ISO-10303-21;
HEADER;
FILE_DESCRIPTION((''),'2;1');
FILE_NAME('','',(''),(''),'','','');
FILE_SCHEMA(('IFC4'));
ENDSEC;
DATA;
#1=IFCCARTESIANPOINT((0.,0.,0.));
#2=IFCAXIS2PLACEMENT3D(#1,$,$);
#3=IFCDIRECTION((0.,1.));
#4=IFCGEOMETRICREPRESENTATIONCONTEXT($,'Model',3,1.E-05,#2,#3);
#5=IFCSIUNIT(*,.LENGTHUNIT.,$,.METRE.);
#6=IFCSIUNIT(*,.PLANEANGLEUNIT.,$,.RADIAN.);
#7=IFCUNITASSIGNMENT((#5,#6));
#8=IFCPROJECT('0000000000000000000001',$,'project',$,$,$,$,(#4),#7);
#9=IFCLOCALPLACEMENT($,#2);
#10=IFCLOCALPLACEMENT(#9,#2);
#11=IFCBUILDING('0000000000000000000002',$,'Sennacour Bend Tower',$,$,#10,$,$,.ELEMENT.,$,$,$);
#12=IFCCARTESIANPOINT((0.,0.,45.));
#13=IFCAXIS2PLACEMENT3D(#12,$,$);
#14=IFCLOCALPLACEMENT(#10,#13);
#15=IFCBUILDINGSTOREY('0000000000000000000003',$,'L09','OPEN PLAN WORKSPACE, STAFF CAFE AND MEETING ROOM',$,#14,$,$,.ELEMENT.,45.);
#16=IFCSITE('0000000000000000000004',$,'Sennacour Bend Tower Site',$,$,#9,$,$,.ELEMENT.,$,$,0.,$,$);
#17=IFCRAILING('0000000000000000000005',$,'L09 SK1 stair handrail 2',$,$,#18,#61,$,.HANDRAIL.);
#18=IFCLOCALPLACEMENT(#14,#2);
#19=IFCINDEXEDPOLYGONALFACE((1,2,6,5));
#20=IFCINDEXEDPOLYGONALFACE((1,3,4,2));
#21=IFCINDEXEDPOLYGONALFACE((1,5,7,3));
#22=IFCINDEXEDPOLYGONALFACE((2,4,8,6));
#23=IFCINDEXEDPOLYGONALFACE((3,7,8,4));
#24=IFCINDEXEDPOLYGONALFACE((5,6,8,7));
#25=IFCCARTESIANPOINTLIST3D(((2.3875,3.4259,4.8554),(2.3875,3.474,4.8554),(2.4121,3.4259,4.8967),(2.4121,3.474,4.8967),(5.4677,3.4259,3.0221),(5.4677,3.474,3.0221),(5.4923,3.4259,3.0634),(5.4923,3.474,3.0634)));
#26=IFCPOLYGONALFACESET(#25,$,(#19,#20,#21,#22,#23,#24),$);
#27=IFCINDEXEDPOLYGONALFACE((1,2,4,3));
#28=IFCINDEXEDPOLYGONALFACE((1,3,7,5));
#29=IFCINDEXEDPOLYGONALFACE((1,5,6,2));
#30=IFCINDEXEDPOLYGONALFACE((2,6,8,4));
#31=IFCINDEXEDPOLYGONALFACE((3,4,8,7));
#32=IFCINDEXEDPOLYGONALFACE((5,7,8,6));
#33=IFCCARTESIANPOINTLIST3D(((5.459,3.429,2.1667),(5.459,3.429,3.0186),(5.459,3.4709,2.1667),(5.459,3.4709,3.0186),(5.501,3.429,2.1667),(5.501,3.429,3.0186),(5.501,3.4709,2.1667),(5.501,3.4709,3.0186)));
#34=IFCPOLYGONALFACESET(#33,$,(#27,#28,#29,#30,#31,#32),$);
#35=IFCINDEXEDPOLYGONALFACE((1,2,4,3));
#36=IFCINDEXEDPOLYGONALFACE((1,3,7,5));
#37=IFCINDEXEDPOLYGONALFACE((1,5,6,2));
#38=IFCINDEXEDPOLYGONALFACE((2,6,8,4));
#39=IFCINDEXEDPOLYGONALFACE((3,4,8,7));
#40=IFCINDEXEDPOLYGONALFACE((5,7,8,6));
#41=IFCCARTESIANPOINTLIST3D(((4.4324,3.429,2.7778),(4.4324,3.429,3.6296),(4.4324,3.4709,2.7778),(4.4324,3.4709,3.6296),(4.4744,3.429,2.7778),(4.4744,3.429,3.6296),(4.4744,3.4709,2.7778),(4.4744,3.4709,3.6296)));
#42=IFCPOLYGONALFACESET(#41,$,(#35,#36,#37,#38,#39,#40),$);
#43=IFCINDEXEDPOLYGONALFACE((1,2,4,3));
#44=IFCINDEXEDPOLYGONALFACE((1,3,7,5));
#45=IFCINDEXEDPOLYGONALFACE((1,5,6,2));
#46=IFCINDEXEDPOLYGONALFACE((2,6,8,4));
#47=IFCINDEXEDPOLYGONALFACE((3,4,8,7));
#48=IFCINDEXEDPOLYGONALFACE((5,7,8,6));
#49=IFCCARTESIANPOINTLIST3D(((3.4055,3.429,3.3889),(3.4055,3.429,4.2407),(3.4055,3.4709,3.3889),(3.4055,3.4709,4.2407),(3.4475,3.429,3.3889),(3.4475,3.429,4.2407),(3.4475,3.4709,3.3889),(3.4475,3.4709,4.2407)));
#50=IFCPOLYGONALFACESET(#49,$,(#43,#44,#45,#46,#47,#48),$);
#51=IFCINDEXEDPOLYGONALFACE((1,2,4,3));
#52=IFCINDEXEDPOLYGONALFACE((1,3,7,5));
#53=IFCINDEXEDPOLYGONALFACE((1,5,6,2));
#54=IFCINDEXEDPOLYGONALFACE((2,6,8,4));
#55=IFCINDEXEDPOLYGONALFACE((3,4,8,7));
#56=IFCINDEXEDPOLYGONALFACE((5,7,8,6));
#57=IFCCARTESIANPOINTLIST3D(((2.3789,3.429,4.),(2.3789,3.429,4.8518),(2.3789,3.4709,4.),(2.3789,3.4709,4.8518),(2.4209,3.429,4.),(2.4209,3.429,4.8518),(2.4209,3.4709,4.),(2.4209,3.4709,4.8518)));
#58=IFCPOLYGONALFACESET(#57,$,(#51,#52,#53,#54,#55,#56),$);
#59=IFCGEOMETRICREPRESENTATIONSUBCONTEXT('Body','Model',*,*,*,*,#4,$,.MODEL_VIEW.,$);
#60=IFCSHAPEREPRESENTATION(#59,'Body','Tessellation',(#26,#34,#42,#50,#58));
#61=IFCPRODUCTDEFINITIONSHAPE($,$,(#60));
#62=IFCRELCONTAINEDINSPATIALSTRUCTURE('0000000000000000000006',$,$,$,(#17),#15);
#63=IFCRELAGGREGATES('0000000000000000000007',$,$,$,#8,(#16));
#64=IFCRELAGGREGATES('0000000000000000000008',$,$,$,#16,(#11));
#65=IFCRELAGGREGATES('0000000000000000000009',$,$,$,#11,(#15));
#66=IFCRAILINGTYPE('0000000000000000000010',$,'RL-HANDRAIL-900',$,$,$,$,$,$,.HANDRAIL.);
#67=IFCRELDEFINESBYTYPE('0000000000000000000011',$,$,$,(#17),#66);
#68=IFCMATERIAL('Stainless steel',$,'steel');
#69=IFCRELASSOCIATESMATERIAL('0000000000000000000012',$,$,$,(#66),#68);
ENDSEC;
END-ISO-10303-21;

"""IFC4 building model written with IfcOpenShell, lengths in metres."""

from ifc_helpers import new_model, si_unit, direction, frame, origin, origin_2d, place, context, subcontext, project, spatial, rectangle, extrude, material, type_object, element, save


model = new_model("IFC4")

# Units and contexts
model_context = context("Model", 3, precision=1e-05, world=origin(), true_north=direction((0.0, 1.0)))
body_context = subcontext(model_context, "Body", "Model", "MODEL_VIEW")
ifc_project = project(units=[si_unit("LENGTHUNIT", "METRE"), si_unit("PLANEANGLEUNIT", "RADIAN")], contexts=[model_context])

# Site, building, storey
site_placement = place(None, origin())
site = spatial("IfcSite", under=ifc_project, at=site_placement, Name="Sennacour Bend Tower Site", CompositionType="ELEMENT", RefElevation=0.0)
building_placement = place(site_placement, origin())
building = spatial("IfcBuilding", under=site, at=building_placement, Name="Sennacour Bend Tower", CompositionType="ELEMENT")
storey_placement = place(building_placement, frame((0.0, 0.0, 45.0)))
storey = spatial("IfcBuildingStorey", under=building, at=storey_placement, Name="L09", Description="OPEN PLAN WORKSPACE, STAFF CAFE AND MEETING ROOM", CompositionType="ELEMENT", Elevation=45.0)

# Railing
ifc_material_1 = material(Name="Stainless steel", Category="steel")
railing_type_1 = type_object("IfcRailingType", Name="RL-HANDRAIL-900", PredefinedType="HANDRAIL", material=ifc_material_1)
railing_1_placement = place(storey_placement, frame((5.48, 3.45, 2.1667)))
element("IfcRailing", 1, at=railing_1_placement, inside=storey, type_object=railing_type_1, Name="L09 SK1 stair handrail 2", PredefinedType="HANDRAIL", context=body_context, shape_type="SweptSolid", body=[
    extrude(rectangle(XDim=0.0481, YDim=0.0481, at=origin_2d()), frame((0.0, 0.0, 0.876), z_axis=(-0.859309, 0.0, 0.511458), x_axis=(0.0, -1.0, 0.0)), (0.0, 0.0, 1.0), 3.5845),
    extrude(rectangle(XDim=0.042, YDim=0.042, at=origin_2d()), origin(), (0.0, 0.0, 1.0), 0.8518),
    extrude(rectangle(XDim=0.042, YDim=0.042, at=origin_2d()), frame((-1.0266, 0.0, 0.6111)), (0.0, 0.0, 1.0), 0.8518),
    extrude(rectangle(XDim=0.042, YDim=0.042, at=origin_2d()), frame((-2.0535, 0.0, 1.2222)), (0.0, 0.0, 1.0), 0.8518),
    extrude(rectangle(XDim=0.042, YDim=0.042, at=origin_2d()), frame((-3.0801, 0.0, 1.8333)), (0.0, 0.0, 1.0), 0.8518),
])

save(model, "model.ifc")
